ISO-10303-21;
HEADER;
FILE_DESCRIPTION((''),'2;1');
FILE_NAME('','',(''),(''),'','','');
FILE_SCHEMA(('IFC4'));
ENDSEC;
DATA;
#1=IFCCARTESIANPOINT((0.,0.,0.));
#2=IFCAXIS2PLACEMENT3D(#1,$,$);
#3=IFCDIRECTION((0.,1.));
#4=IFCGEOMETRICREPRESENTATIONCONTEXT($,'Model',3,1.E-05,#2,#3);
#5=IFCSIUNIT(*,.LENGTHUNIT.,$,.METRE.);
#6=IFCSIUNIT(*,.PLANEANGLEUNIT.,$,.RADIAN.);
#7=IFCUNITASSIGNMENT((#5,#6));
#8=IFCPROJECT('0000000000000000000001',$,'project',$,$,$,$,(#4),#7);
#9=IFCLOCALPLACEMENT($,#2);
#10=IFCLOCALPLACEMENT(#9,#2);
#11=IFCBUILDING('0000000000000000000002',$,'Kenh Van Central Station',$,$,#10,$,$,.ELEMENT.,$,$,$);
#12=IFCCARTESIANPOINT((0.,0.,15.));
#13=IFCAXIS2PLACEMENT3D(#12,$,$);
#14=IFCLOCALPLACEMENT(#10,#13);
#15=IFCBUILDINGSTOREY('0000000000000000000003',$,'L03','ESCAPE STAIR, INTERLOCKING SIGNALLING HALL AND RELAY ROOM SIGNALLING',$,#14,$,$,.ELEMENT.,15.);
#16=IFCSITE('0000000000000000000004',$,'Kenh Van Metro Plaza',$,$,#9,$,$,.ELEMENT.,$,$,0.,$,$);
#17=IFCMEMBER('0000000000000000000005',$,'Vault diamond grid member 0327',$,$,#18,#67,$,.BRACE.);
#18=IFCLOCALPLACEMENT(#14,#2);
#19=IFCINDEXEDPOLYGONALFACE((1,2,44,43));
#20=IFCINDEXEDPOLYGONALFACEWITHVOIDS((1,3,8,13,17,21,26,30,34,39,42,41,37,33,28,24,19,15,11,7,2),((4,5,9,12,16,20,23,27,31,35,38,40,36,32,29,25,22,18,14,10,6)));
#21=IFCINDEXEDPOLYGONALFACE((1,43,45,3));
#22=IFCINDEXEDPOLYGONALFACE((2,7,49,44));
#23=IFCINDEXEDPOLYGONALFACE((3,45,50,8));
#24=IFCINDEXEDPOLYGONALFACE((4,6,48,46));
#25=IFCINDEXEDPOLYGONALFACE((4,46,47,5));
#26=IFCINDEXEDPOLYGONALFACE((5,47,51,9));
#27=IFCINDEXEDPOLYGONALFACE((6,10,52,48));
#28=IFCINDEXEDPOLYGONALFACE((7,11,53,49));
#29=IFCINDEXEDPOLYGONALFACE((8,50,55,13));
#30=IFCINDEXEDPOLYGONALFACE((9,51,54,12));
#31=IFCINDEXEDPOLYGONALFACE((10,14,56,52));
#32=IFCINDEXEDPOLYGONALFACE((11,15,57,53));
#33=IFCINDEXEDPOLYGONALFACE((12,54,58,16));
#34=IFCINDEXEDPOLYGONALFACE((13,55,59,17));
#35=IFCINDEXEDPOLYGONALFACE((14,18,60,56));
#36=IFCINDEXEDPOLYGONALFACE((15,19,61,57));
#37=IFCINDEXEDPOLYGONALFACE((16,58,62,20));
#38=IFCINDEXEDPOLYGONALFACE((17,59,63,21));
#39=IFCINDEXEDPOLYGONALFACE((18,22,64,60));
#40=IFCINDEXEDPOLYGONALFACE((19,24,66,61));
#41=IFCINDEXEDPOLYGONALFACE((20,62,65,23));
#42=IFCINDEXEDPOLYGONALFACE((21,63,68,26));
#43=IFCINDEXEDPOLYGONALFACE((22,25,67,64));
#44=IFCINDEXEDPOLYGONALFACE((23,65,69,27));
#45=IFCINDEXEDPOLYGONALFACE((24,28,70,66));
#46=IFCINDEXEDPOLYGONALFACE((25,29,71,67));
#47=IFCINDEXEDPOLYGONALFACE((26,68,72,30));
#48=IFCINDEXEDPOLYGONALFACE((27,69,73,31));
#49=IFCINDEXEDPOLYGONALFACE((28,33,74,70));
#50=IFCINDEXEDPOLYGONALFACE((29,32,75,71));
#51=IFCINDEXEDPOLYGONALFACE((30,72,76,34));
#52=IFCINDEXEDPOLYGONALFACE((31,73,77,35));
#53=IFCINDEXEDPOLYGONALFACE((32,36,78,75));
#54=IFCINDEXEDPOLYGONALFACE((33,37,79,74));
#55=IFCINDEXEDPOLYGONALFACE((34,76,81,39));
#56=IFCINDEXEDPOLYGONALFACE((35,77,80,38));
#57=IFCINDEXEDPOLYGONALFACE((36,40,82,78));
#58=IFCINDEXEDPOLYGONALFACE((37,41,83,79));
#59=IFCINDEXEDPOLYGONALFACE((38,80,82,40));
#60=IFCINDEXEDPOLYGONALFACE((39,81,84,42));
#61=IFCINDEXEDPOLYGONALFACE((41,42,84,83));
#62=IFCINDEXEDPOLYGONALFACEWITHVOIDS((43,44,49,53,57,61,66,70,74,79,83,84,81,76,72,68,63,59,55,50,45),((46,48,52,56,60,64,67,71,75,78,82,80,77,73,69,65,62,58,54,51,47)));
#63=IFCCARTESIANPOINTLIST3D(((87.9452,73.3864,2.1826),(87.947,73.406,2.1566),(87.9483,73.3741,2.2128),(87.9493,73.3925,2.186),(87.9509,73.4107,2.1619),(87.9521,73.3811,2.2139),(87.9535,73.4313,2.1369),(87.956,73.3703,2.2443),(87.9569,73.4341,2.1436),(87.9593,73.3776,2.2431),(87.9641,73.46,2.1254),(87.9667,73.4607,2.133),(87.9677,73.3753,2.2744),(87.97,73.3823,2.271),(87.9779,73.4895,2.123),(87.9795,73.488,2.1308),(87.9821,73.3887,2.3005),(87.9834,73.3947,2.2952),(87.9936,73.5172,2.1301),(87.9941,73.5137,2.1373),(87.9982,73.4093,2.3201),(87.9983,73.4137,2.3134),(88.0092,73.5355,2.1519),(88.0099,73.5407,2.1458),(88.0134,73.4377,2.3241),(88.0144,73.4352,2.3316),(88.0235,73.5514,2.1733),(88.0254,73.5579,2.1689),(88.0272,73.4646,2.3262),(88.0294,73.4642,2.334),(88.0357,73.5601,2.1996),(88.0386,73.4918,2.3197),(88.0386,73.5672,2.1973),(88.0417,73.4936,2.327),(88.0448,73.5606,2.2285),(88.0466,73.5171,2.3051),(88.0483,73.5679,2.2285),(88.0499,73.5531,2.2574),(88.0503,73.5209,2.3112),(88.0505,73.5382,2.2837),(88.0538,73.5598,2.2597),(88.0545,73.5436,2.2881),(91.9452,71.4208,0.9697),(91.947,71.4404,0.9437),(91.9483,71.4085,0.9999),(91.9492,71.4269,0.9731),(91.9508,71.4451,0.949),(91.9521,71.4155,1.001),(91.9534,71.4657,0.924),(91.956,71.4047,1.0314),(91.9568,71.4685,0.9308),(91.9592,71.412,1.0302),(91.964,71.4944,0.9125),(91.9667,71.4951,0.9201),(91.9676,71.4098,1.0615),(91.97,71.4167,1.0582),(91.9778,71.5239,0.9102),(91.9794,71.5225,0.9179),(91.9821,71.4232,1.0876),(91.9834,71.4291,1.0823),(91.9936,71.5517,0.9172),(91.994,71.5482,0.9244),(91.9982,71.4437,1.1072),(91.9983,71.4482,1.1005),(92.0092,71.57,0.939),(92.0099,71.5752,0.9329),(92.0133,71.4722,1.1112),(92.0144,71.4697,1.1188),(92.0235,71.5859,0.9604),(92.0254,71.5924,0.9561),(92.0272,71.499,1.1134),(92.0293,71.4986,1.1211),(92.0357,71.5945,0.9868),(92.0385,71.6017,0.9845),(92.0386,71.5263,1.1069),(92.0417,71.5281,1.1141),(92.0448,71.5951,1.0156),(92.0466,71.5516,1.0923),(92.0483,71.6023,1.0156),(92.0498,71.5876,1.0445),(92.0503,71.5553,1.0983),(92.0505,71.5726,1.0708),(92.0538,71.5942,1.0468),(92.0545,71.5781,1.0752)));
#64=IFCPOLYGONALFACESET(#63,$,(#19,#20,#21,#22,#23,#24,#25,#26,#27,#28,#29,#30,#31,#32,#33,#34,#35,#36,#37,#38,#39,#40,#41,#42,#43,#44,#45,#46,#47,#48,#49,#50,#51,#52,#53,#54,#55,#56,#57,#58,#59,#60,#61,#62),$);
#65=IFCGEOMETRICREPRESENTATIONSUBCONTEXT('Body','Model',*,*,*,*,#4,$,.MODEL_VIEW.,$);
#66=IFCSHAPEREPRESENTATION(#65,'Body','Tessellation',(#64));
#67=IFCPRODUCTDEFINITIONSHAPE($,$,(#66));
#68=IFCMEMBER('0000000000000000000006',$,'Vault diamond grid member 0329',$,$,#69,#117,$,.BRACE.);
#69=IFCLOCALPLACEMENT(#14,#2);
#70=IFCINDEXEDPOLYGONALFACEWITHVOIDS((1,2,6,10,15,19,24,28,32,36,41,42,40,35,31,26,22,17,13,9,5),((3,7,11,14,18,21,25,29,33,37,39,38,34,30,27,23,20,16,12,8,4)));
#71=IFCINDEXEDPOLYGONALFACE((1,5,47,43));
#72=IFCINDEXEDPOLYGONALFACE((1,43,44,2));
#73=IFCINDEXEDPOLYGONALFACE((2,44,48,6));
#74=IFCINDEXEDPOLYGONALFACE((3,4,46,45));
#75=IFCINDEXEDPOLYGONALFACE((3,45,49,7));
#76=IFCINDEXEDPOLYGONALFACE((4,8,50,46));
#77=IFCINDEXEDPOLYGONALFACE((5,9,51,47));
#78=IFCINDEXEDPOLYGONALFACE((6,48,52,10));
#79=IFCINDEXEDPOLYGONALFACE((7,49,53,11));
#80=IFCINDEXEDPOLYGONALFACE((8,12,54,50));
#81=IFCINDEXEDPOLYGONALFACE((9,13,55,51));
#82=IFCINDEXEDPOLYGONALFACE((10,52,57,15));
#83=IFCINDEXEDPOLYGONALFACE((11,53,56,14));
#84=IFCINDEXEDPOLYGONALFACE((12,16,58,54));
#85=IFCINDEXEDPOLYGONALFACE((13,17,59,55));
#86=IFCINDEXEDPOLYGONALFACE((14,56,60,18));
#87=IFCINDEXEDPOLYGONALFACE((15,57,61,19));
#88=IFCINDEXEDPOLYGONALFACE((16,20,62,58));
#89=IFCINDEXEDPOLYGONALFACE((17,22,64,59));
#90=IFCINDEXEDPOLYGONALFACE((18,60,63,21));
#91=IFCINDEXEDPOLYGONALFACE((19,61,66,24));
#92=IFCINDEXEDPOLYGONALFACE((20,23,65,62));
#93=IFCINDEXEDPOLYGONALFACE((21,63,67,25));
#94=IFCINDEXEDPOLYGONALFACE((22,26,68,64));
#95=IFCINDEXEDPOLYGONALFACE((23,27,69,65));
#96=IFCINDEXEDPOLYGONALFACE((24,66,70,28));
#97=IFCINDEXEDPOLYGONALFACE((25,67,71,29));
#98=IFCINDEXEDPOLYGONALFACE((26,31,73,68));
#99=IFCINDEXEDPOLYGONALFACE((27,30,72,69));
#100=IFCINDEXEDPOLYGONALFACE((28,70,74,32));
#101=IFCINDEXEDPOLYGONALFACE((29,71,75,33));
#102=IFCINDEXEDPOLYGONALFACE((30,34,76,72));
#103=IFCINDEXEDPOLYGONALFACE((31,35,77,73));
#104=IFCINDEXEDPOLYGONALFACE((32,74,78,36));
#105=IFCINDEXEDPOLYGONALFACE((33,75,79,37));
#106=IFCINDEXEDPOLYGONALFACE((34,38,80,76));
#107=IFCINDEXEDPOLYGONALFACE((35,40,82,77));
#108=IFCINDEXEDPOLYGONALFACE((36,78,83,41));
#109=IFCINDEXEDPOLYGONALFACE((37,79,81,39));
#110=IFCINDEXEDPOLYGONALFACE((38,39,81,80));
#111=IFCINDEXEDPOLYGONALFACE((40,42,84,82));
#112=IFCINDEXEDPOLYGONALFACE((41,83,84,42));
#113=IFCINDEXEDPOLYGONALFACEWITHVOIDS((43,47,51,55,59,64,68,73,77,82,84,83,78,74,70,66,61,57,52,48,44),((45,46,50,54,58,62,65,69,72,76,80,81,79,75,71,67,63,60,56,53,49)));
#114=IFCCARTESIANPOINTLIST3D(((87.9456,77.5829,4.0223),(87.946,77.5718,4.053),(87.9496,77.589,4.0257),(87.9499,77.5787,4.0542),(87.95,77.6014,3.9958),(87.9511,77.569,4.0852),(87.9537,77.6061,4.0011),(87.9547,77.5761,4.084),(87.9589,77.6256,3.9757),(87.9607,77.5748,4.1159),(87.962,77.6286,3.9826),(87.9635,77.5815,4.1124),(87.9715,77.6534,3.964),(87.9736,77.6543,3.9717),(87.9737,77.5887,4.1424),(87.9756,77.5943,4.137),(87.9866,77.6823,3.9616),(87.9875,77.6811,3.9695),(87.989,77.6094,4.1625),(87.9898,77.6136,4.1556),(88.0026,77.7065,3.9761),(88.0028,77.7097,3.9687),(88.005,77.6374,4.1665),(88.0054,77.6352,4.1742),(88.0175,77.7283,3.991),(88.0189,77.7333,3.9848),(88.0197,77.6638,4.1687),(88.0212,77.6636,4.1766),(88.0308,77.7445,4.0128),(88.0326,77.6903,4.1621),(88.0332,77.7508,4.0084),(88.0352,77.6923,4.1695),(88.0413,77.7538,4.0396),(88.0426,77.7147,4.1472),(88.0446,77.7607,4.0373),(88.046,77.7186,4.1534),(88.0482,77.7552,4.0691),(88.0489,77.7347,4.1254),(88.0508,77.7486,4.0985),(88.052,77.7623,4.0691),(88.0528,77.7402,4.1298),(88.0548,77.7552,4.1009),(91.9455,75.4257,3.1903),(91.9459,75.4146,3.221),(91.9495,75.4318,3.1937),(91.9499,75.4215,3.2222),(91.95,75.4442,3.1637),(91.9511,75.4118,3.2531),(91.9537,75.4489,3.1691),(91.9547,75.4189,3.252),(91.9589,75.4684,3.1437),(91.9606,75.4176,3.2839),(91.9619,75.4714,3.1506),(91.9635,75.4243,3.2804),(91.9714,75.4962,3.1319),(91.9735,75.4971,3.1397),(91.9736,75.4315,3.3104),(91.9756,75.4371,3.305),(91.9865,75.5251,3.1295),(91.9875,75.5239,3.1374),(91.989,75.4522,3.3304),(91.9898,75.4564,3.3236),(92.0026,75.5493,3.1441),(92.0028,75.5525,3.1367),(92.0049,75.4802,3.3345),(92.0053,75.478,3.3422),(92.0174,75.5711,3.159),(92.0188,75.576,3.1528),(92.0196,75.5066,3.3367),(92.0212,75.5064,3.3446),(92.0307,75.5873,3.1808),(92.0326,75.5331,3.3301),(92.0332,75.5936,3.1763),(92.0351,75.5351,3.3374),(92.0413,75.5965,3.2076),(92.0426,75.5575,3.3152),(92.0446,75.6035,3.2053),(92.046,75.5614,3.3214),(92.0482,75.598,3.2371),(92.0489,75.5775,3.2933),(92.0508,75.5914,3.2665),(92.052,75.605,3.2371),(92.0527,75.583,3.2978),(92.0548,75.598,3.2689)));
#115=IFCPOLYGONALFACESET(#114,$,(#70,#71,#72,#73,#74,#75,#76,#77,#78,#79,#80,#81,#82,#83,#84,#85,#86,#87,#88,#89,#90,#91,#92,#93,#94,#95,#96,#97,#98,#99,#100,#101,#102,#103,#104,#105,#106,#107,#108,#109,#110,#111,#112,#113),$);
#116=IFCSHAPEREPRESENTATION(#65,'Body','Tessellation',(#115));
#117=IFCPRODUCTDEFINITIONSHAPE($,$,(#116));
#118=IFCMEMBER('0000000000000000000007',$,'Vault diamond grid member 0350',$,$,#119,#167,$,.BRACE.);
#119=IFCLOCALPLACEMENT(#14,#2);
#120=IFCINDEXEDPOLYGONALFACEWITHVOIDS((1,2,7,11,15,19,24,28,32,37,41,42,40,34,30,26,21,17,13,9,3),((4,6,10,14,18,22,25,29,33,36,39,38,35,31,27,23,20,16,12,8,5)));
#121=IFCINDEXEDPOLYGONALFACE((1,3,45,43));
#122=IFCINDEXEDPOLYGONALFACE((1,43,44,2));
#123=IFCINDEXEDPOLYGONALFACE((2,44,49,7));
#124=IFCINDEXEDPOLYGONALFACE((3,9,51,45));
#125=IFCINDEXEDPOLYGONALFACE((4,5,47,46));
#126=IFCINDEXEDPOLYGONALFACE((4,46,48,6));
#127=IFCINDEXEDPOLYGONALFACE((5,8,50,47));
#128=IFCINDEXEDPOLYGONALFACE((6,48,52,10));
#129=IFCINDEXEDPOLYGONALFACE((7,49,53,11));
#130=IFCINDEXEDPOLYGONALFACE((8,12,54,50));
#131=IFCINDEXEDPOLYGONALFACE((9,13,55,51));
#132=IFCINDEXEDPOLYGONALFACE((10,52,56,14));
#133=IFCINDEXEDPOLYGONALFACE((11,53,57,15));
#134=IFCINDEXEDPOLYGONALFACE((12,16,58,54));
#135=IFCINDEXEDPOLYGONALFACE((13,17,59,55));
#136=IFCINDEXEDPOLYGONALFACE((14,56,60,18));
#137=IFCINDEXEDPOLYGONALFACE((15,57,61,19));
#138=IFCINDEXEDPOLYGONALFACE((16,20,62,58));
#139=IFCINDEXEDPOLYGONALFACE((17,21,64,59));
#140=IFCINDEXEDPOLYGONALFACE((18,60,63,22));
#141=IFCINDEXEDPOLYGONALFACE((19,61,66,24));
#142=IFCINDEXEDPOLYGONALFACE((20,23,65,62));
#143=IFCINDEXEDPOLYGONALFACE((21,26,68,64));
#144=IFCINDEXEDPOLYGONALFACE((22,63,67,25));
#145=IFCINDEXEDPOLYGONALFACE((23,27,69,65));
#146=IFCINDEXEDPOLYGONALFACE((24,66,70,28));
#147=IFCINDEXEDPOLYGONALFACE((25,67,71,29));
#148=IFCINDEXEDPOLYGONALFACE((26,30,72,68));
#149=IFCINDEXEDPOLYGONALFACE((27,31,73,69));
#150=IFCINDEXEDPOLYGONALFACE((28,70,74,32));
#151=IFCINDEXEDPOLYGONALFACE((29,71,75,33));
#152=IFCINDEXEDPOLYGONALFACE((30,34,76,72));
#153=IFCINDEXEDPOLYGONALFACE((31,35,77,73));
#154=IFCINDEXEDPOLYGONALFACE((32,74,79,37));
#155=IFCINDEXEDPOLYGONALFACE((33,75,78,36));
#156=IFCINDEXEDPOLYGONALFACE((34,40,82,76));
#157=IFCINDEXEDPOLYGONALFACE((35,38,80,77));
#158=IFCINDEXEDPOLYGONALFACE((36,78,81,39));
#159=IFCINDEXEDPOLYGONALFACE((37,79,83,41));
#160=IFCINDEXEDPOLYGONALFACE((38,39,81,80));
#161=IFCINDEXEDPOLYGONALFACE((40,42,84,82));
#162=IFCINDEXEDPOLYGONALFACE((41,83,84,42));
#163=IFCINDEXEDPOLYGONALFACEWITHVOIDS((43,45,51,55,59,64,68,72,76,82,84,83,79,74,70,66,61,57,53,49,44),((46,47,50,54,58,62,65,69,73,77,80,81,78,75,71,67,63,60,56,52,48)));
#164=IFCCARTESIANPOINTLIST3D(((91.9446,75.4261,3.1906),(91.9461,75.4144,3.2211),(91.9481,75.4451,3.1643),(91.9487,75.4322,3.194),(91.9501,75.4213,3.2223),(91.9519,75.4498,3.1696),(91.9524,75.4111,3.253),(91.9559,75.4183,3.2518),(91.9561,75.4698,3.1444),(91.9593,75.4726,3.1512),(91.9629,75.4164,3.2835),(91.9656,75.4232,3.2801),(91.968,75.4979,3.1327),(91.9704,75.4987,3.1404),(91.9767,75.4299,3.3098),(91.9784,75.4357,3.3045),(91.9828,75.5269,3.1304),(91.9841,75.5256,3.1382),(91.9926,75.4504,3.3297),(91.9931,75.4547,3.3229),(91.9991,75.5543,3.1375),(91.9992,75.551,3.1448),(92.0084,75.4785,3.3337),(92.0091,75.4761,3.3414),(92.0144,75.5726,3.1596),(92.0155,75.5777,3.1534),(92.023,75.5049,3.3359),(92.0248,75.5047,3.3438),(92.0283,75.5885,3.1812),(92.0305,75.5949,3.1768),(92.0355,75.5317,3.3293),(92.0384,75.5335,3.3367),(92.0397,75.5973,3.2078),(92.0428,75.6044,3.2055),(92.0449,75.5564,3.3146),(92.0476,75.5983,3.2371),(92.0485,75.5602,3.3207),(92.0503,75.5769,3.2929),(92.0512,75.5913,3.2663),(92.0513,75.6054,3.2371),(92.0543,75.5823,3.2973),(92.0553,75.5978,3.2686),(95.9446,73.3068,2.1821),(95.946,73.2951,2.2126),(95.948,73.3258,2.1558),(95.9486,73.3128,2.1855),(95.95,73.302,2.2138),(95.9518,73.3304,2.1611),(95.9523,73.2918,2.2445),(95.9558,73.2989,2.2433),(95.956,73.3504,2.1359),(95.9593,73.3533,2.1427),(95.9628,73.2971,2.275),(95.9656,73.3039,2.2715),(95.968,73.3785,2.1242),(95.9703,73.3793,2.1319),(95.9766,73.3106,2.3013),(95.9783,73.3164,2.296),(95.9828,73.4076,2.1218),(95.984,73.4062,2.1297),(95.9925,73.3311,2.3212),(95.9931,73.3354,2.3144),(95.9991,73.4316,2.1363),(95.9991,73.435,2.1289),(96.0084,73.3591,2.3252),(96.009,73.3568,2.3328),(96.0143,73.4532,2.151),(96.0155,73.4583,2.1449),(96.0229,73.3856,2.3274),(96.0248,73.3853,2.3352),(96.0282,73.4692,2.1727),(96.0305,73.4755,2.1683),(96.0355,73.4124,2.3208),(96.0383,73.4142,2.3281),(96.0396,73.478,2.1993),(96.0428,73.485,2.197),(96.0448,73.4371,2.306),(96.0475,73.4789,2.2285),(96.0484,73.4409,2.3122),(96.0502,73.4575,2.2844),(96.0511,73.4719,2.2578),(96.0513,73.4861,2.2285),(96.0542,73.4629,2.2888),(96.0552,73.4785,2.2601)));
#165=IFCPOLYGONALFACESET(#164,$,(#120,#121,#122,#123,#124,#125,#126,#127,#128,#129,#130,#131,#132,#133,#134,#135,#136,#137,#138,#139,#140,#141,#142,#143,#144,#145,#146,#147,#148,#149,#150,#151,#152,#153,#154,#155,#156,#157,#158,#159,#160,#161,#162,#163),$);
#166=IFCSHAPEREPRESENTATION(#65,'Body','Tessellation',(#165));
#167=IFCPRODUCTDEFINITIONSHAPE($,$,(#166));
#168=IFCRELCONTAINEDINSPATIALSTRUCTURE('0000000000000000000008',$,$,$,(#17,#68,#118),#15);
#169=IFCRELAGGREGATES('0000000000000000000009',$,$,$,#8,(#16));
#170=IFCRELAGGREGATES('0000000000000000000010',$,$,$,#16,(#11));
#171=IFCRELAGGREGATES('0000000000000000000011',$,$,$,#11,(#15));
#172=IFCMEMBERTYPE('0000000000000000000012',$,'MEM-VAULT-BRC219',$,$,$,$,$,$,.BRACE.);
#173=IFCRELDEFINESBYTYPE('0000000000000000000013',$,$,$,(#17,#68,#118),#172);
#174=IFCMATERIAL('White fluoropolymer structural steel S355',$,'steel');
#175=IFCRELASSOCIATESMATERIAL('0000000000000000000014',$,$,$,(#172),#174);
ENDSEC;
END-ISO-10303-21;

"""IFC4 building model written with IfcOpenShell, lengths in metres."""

from ifc_helpers import new_model, si_unit, direction, frame, origin, origin_2d, place, context, subcontext, project, spatial, hollow_circle, extrude, material, material_profile, profile_set, type_object, element, save


model = new_model("IFC4")

# Units and contexts
model_context = context("Model", 3, precision=1e-05, world=origin(), true_north=direction((0.0, 1.0)))
body_context = subcontext(model_context, "Body", "Model", "MODEL_VIEW")
ifc_project = project(units=[si_unit("LENGTHUNIT", "METRE"), si_unit("PLANEANGLEUNIT", "RADIAN")], contexts=[model_context])

# Site, building, storey
site_placement = place(None, origin())
site = spatial("IfcSite", under=ifc_project, at=site_placement, Name="Kenh Van Metro Plaza", CompositionType="ELEMENT", RefElevation=0.0)
building_placement = place(site_placement, origin())
building = spatial("IfcBuilding", under=site, at=building_placement, Name="Kenh Van Central Station", CompositionType="ELEMENT")
storey_placement = place(building_placement, frame((0.0, 0.0, 15.0)))
storey = spatial("IfcBuildingStorey", under=building, at=storey_placement, Name="L03", Description="ESCAPE STAIR, INTERLOCKING SIGNALLING HALL AND RELAY ROOM SIGNALLING", CompositionType="ELEMENT", Elevation=15.0)

# Shared definitions
ifc_material_1 = material(Name="White fluoropolymer structural steel S355", Category="steel")

# Members
ifc_material_profile_1 = material_profile(ifc_material_1, hollow_circle(Radius=0.1096, WallThickness=0.0081, at=origin_2d()), Name="CHS 219.1x8")
ifc_profile_set_1 = profile_set([ifc_material_profile_1], Name="White fluoropolymer structural steel S355")
member_type_1 = type_object("IfcMemberType", Name="MEM-VAULT-BRC219", PredefinedType="BRACE", material=ifc_profile_set_1)
member_1_placement = place(storey_placement, frame((88.0, 73.4695, 2.2285), z_axis=(0.866, -0.425547, -0.262591), x_axis=(0.441024, 0.897495, 0.0)))
element("IfcMember", 1, at=member_1_placement, inside=storey, type_object=member_type_1, Name="Vault diamond grid member 0327", PredefinedType="BRACE", context=body_context, shape_type="SweptSolid", body=[
    extrude(hollow_circle(Radius=0.1096, WallThickness=0.0081, at=origin_2d()), origin(), (0.0, 0.0, 1.0), 4.6189),
])
member_2_placement = place(storey_placement, frame((88.0, 77.6658, 4.0691), z_axis=(0.86577, -0.466916, -0.180087), x_axis=(0.474676, 0.88016, 0.0)))
element("IfcMember", 2, at=member_2_placement, inside=storey, type_object=member_type_1, Name="Vault diamond grid member 0329", PredefinedType="BRACE", context=body_context, shape_type="SweptSolid", body=[
    extrude(hollow_circle(Radius=0.1096, WallThickness=0.0081, at=origin_2d()), origin(), (0.0, 0.0, 1.0), 4.6201),
])
member_3_placement = place(storey_placement, frame((92.0, 75.5085, 3.2371), z_axis=(0.862483, -0.456983, -0.217463), x_axis=(0.468188, 0.883629, 0.0)))
element("IfcMember", 3, at=member_3_placement, inside=storey, type_object=member_type_1, Name="Vault diamond grid member 0350", PredefinedType="BRACE", context=body_context, shape_type="SweptSolid", body=[
    extrude(hollow_circle(Radius=0.1096, WallThickness=0.0081, at=origin_2d()), origin(), (0.0, 0.0, 1.0), 4.6377),
])

save(model, "model.ifc")
